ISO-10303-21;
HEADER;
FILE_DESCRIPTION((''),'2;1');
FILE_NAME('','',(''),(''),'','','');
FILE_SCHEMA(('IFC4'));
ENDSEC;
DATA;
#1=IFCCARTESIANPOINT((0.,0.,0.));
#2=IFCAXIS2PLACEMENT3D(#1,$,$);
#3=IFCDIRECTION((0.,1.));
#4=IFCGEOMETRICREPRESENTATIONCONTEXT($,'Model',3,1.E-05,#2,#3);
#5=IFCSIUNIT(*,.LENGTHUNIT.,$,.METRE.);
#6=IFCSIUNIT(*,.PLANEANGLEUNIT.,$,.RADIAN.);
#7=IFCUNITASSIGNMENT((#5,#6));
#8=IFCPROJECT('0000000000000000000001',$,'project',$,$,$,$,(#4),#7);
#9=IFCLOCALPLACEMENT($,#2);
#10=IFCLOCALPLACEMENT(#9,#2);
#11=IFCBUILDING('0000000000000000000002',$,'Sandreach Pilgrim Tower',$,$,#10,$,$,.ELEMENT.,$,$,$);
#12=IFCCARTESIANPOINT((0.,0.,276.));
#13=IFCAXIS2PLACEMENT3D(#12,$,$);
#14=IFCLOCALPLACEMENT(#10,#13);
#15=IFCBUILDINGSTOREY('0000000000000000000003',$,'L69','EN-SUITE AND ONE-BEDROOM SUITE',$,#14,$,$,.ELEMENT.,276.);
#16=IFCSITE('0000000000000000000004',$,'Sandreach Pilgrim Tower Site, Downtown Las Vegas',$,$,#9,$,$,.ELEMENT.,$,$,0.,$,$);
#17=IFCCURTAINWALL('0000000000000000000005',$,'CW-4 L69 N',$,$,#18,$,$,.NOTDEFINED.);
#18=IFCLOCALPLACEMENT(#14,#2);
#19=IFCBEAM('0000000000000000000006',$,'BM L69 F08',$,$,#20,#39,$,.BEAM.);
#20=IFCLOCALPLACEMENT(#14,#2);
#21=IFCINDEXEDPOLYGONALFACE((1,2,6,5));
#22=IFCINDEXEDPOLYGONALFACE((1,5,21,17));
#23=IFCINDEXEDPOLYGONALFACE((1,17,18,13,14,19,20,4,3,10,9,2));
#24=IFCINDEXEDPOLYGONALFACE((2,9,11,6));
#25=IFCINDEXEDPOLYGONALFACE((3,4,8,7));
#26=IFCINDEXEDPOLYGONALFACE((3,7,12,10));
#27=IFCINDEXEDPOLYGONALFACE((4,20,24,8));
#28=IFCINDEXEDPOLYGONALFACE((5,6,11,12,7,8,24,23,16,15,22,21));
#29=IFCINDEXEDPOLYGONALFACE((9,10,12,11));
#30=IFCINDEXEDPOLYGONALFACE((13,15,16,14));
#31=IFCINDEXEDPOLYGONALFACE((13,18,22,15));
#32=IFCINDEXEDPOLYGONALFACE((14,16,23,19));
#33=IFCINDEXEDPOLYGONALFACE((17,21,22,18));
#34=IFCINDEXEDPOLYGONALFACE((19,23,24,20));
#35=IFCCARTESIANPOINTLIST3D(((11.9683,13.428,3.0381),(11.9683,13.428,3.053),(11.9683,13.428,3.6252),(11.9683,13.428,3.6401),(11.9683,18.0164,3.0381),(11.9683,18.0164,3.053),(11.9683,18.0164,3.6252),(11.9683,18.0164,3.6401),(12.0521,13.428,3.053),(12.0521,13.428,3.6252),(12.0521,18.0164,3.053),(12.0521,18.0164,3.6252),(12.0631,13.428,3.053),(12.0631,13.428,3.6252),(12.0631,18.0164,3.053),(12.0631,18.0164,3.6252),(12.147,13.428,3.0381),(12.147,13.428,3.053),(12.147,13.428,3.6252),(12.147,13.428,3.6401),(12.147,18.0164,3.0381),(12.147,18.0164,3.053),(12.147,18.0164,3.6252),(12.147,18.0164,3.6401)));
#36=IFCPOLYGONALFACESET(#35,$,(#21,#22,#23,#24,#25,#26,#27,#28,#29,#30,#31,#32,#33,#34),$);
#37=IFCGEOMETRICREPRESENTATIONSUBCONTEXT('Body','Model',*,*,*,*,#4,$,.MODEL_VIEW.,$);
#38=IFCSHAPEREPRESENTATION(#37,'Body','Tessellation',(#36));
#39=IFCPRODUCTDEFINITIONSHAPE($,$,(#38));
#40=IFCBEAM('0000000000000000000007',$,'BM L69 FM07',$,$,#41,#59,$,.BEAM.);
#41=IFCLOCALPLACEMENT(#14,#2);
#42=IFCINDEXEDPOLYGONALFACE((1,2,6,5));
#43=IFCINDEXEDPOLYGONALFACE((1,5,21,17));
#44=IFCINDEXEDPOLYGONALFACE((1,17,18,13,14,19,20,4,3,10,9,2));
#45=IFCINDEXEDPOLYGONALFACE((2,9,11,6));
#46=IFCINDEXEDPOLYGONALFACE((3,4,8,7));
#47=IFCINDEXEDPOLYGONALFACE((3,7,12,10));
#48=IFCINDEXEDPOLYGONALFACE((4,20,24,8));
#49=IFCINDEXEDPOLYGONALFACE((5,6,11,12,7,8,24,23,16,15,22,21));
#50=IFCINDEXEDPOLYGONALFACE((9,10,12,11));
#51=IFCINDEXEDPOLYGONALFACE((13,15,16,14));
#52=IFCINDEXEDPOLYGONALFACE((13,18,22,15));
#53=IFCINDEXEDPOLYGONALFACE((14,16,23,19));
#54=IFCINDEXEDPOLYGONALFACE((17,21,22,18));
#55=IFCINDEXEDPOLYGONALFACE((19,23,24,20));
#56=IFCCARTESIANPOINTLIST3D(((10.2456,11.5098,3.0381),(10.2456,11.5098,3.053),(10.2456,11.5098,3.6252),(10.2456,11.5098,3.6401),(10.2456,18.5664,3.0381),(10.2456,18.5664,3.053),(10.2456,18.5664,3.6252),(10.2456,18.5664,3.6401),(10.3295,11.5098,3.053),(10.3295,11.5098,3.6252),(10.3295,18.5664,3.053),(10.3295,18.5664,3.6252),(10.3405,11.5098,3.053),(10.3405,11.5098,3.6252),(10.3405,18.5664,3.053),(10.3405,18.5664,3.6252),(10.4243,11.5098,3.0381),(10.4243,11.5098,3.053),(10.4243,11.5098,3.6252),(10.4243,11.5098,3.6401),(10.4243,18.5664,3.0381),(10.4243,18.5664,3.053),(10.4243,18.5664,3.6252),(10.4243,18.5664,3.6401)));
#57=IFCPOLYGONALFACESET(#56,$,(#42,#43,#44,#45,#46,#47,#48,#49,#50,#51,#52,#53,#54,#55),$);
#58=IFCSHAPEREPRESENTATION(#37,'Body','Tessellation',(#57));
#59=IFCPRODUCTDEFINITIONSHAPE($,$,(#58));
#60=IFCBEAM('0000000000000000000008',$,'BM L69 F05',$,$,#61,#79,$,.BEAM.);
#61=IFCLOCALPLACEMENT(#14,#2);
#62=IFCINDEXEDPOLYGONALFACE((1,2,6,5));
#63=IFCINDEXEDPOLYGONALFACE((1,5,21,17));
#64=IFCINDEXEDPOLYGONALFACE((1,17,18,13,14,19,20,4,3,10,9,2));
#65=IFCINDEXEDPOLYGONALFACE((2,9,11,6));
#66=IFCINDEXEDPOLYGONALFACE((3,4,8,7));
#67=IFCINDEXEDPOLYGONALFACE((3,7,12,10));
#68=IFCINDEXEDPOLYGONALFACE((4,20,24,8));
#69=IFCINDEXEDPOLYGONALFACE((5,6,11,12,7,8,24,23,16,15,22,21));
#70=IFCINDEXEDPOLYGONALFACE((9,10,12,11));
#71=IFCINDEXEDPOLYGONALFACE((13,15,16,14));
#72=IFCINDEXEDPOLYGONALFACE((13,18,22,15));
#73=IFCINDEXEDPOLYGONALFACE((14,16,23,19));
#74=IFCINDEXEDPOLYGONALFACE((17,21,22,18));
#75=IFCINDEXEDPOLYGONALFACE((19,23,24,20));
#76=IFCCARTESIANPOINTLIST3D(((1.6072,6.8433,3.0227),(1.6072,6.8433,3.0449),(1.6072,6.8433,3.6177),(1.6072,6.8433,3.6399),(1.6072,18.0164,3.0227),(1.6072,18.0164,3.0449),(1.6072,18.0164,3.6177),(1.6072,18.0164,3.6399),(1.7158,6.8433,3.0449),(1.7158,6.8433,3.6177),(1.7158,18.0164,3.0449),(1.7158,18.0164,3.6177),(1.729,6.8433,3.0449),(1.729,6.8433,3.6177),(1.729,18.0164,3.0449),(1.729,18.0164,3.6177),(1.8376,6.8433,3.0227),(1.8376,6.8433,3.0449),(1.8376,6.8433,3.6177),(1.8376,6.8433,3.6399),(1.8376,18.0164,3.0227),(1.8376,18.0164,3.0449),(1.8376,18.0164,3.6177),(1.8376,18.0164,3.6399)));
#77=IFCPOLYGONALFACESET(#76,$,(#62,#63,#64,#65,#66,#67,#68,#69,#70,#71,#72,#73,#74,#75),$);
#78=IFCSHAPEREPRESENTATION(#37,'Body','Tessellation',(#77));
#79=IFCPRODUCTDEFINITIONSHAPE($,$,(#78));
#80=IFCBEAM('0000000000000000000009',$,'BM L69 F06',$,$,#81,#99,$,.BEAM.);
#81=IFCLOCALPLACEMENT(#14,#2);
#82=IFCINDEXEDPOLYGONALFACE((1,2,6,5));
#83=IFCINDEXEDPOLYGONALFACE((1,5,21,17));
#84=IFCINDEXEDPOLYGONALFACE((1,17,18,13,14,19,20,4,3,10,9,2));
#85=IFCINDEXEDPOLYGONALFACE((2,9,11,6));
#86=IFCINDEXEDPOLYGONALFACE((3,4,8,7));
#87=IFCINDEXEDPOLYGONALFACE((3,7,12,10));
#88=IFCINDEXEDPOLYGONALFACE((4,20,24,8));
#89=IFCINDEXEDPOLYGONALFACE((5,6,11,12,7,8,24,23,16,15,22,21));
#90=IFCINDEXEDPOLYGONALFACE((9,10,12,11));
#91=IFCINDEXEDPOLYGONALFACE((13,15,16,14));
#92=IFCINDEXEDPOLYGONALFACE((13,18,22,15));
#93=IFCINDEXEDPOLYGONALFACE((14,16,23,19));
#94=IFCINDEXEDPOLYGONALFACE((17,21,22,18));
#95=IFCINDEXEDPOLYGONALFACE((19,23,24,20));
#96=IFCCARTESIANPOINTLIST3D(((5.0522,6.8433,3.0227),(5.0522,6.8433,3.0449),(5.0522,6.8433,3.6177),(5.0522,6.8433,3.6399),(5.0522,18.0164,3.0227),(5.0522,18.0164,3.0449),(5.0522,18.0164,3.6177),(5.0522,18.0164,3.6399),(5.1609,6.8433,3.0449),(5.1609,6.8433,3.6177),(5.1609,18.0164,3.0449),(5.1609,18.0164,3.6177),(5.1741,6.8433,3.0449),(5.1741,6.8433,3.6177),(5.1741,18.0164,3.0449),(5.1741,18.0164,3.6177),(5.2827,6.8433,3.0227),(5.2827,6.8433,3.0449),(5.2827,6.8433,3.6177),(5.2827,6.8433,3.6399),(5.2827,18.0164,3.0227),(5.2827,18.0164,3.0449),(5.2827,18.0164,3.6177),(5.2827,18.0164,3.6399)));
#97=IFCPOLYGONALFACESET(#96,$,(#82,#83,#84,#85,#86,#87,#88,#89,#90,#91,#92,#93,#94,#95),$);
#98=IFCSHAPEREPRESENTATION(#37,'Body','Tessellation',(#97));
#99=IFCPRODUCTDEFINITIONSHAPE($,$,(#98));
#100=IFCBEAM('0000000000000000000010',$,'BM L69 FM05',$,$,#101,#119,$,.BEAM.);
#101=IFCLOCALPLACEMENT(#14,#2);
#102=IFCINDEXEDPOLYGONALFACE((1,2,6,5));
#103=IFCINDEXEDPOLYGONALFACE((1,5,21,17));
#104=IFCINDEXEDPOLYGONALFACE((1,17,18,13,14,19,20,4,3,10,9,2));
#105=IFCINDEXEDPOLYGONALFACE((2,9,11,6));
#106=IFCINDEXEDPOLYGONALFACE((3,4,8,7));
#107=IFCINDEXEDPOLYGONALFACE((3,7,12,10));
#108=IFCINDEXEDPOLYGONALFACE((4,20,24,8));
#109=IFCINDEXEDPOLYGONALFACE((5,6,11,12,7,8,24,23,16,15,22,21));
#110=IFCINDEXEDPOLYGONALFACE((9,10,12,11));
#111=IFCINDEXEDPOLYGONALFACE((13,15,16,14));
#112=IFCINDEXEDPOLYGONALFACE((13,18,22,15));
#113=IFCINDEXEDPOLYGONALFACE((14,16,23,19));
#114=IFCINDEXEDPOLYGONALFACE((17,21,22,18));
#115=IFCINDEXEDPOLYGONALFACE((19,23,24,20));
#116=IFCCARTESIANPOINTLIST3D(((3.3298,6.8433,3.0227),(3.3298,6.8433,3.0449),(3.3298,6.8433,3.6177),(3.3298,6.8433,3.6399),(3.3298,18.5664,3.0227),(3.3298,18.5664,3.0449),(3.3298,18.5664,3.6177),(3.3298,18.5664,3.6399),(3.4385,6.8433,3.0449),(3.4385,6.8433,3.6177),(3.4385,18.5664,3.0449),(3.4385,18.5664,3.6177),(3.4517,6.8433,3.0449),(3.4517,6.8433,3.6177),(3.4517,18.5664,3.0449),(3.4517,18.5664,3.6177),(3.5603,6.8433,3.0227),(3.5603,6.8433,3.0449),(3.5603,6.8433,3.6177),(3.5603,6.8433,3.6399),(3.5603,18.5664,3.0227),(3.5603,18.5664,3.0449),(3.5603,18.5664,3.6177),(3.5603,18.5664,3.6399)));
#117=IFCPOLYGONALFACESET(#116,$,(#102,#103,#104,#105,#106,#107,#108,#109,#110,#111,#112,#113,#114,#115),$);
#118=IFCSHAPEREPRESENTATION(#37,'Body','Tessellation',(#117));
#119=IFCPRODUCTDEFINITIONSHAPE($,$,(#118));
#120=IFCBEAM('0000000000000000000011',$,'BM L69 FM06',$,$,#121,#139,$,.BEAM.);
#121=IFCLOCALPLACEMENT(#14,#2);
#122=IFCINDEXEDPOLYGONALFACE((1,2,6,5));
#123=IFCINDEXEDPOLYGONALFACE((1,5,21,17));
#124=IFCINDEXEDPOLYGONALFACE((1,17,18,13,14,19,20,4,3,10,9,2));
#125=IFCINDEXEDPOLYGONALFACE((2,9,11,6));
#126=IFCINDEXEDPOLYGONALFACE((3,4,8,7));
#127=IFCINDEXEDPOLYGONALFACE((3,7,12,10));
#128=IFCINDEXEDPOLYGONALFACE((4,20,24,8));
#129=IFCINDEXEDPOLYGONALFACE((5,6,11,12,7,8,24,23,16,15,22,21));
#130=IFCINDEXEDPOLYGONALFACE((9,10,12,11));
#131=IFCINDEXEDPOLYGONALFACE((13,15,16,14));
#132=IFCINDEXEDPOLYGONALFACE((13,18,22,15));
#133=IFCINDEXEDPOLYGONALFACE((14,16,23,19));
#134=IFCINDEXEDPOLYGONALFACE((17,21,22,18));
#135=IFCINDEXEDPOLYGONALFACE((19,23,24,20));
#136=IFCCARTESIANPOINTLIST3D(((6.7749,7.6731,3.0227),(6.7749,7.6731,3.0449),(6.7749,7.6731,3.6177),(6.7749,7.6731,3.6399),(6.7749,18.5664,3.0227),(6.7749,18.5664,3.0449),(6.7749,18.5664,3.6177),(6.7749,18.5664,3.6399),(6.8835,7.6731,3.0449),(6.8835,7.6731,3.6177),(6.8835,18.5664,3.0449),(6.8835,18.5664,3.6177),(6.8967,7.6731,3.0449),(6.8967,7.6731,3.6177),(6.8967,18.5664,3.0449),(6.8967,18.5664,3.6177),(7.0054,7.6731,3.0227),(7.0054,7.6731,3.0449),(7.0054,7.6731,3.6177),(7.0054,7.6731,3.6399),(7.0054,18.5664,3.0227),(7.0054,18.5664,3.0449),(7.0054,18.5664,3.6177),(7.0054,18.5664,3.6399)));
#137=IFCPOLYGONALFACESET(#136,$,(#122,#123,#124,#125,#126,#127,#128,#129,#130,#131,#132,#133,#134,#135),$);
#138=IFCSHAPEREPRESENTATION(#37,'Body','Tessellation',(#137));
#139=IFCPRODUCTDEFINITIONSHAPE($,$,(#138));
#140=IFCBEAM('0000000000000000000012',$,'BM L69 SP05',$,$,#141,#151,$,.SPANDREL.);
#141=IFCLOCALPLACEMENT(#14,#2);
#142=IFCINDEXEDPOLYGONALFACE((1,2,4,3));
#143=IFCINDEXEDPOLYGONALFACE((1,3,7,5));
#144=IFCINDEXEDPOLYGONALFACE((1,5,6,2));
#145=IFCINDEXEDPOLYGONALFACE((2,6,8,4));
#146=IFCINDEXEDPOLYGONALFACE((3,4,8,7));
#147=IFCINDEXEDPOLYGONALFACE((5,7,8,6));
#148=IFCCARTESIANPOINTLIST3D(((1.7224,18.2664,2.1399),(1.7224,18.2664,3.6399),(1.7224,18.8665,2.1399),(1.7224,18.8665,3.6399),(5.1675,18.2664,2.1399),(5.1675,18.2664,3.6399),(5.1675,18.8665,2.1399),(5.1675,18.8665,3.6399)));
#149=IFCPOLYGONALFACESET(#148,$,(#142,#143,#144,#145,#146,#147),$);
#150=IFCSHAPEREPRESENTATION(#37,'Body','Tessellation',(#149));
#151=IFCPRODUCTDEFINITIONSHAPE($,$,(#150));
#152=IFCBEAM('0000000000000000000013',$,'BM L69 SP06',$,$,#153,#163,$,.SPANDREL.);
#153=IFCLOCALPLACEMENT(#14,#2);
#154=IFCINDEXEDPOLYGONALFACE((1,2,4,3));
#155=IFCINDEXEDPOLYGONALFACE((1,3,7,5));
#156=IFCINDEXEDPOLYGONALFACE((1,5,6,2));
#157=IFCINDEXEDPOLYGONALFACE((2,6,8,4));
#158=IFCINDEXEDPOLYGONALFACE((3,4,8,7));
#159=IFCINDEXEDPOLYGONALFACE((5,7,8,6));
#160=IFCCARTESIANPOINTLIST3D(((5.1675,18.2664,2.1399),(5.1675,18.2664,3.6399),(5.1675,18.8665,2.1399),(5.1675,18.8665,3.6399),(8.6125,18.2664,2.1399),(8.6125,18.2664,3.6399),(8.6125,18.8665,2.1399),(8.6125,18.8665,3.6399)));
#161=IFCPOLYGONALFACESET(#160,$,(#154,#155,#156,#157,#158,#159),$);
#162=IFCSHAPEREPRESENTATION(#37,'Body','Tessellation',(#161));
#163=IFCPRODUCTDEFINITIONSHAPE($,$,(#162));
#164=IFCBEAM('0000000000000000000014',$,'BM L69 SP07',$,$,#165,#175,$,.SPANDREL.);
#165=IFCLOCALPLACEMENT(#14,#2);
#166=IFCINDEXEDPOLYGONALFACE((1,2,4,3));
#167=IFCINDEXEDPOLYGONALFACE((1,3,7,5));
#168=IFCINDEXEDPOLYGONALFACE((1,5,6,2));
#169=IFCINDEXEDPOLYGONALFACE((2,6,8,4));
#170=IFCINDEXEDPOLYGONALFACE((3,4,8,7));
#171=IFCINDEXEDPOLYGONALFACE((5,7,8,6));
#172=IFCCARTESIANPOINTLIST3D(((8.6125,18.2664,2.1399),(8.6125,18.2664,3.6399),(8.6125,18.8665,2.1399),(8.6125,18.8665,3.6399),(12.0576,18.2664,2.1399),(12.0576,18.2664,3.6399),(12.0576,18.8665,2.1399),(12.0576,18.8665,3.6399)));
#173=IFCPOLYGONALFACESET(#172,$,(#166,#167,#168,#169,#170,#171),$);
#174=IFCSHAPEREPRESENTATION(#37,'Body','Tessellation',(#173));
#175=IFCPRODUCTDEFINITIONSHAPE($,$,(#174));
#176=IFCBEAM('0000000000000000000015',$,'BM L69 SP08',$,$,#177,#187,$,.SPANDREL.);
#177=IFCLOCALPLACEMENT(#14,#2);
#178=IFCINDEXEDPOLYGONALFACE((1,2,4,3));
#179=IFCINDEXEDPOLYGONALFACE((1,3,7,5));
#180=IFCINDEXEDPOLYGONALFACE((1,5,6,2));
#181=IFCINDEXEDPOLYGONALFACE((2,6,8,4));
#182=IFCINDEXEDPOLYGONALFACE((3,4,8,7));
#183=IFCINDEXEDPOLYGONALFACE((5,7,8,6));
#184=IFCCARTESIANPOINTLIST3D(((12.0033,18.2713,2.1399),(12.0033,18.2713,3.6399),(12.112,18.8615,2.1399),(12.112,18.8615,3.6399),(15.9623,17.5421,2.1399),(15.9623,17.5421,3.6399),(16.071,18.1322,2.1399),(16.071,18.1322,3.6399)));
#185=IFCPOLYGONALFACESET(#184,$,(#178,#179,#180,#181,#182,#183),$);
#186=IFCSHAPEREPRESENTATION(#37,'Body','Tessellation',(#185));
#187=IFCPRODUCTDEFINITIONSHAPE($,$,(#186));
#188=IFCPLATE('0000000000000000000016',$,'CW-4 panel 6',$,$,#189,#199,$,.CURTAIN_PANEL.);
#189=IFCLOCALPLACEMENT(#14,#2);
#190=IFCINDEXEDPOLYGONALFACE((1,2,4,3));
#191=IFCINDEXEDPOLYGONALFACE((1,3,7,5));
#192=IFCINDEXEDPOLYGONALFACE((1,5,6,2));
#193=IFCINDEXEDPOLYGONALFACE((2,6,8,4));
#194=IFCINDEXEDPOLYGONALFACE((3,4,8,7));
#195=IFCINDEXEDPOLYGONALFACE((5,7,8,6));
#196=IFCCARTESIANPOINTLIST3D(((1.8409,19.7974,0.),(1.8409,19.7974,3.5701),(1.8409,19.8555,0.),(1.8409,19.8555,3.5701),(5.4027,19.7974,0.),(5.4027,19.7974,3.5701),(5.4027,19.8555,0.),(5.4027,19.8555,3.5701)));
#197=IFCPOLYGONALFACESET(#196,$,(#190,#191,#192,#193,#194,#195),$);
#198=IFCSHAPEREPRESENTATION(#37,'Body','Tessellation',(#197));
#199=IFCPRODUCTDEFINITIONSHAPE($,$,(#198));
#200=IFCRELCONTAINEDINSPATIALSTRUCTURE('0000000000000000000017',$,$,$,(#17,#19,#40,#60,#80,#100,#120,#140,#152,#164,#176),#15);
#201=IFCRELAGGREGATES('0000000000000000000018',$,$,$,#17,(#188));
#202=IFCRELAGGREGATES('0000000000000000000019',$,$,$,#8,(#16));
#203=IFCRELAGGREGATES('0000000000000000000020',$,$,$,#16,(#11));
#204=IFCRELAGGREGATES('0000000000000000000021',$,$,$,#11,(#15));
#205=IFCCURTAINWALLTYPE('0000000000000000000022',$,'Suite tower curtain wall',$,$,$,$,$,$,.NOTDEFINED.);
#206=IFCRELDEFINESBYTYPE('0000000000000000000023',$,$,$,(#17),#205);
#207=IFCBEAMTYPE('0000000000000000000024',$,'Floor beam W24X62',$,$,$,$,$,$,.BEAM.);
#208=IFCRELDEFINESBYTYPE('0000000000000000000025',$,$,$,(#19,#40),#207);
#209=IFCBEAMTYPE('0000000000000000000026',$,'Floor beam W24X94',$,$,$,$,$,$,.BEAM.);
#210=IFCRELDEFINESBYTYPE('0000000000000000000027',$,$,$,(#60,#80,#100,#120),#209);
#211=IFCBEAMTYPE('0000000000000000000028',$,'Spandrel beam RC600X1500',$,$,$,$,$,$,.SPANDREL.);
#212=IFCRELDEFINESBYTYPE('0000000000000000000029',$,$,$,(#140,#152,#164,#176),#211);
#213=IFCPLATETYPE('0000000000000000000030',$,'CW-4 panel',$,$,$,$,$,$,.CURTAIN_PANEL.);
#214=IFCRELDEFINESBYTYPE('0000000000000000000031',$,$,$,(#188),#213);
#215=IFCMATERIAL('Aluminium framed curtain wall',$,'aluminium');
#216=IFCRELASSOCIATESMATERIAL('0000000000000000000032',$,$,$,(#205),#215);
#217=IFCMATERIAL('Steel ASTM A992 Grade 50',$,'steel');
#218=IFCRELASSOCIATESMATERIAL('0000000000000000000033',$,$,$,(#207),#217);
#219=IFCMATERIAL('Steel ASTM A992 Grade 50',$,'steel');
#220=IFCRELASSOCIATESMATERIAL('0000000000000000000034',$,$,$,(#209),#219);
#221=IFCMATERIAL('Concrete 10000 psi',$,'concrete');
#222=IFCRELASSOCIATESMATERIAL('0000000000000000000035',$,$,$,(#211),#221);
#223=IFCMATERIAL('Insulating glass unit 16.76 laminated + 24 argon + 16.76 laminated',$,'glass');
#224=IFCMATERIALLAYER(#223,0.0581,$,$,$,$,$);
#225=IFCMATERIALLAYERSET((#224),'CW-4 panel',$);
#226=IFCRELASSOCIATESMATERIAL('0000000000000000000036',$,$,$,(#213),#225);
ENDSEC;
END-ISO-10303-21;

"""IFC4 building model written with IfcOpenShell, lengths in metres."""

from ifc_helpers import new_model, si_unit, direction, frame, origin, origin_2d, place, context, subcontext, project, spatial, rectangle, i_section, extrude, material, layer, layer_set, material_profile, profile_set, type_object, element, aggregate, save


model = new_model("IFC4")

# Units and contexts
model_context = context("Model", 3, precision=1e-05, world=origin(), true_north=direction((0.0, 1.0)))
body_context = subcontext(model_context, "Body", "Model", "MODEL_VIEW")
ifc_project = project(units=[si_unit("LENGTHUNIT", "METRE"), si_unit("PLANEANGLEUNIT", "RADIAN")], contexts=[model_context])

# Site, building, storey
site_placement = place(None, origin())
site = spatial("IfcSite", under=ifc_project, at=site_placement, Name="Sandreach Pilgrim Tower Site, Downtown Las Vegas", CompositionType="ELEMENT", RefElevation=0.0)
building_placement = place(site_placement, origin())
building = spatial("IfcBuilding", under=site, at=building_placement, Name="Sandreach Pilgrim Tower", CompositionType="ELEMENT")
storey_placement = place(building_placement, frame((0.0, 0.0, 276.0)))
storey = spatial("IfcBuildingStorey", under=building, at=storey_placement, Name="L69", Description="EN-SUITE AND ONE-BEDROOM SUITE", CompositionType="ELEMENT", Elevation=276.0)

# Curtain wall
ifc_material_1 = material(Name="Aluminium framed curtain wall", Category="aluminium")
curtain_wall_type = type_object("IfcCurtainWallType", Name="Suite tower curtain wall", PredefinedType="NOTDEFINED", material=ifc_material_1)
curtain_wall_placement = place(storey_placement, origin())
curtain_wall = element("IfcCurtainWall", 1, at=curtain_wall_placement, inside=storey, type_object=curtain_wall_type, Name="CW-4 L69 N", PredefinedType="NOTDEFINED")

# Beams
ifc_material_2 = material(Name="Steel ASTM A992 Grade 50", Category="steel")
ifc_material_profile_1 = material_profile(ifc_material_2, i_section(OverallWidth=0.1787, OverallDepth=0.6021, WebThickness=0.011, FlangeThickness=0.0149, at=origin_2d()), Name="W24X62")
ifc_profile_set_1 = profile_set([ifc_material_profile_1], Name="Steel ASTM A992 Grade 50")
beam_type_1 = type_object("IfcBeamType", Name="Floor beam W24X62", PredefinedType="BEAM", material=ifc_profile_set_1)
beam_1_placement = place(storey_placement, frame((12.0576, 18.0164, 3.3391), z_axis=(0.0, -1.0, 0.0), x_axis=(1.0, 0.0, 0.0)))
element("IfcBeam", 2, at=beam_1_placement, inside=storey, type_object=beam_type_1, Name="BM L69 F08", PredefinedType="BEAM", context=body_context, shape_type="SweptSolid", body=[
    extrude(i_section(OverallWidth=0.1787, OverallDepth=0.6021, WebThickness=0.011, FlangeThickness=0.0149, at=origin_2d()), origin(), (0.0, 0.0, 1.0), 4.5884),
])
beam_2_placement = place(storey_placement, frame((10.335, 18.5664, 3.3391), z_axis=(0.0, -1.0, 0.0), x_axis=(1.0, 0.0, 0.0)))
element("IfcBeam", 3, at=beam_2_placement, inside=storey, type_object=beam_type_1, Name="BM L69 FM07", PredefinedType="BEAM", context=body_context, shape_type="SweptSolid", body=[
    extrude(i_section(OverallWidth=0.1787, OverallDepth=0.6021, WebThickness=0.011, FlangeThickness=0.0149, at=origin_2d()), origin(), (0.0, 0.0, 1.0), 7.0566),
])
ifc_material_3 = material(Name="Steel ASTM A992 Grade 50", Category="steel")
ifc_material_profile_2 = material_profile(ifc_material_3, i_section(OverallWidth=0.2305, OverallDepth=0.6172, WebThickness=0.0132, FlangeThickness=0.0222, at=origin_2d()), Name="W24X94")
ifc_profile_set_2 = profile_set([ifc_material_profile_2], Name="Steel ASTM A992 Grade 50")
beam_type_2 = type_object("IfcBeamType", Name="Floor beam W24X94", PredefinedType="BEAM", material=ifc_profile_set_2)
for number, where, z_axis, x_axis, name in (
    (4, (1.7224, 18.0164, 3.3313), (0.0, -1.0, 0.0), (1.0, 0.0, 0.0), "BM L69 F05"),
    (5, (5.1675, 18.0164, 3.3313), (0.0, -1.0, 0.0), (1.0, 0.0, 0.0), "BM L69 F06"),
):
    element("IfcBeam", number, at=place(storey_placement, frame(where, z_axis=z_axis, x_axis=x_axis)), inside=storey, type_object=beam_type_2, Name=name, PredefinedType="BEAM", context=body_context, shape_type="SweptSolid", body=[
        extrude(i_section(OverallWidth=0.2305, OverallDepth=0.6172, WebThickness=0.0132, FlangeThickness=0.0222, at=origin_2d()), origin(), (0.0, 0.0, 1.0), 11.1731),
    ])
beam_3_placement = place(storey_placement, frame((3.4451, 18.5664, 3.3313), z_axis=(0.0, -1.0, 0.0), x_axis=(1.0, 0.0, 0.0)))
element("IfcBeam", 6, at=beam_3_placement, inside=storey, type_object=beam_type_2, Name="BM L69 FM05", PredefinedType="BEAM", context=body_context, shape_type="SweptSolid", body=[
    extrude(i_section(OverallWidth=0.2305, OverallDepth=0.6172, WebThickness=0.0132, FlangeThickness=0.0222, at=origin_2d()), origin(), (0.0, 0.0, 1.0), 11.7231),
])
beam_4_placement = place(storey_placement, frame((6.8901, 18.5664, 3.3313), z_axis=(0.0, -1.0, 0.0), x_axis=(1.0, 0.0, 0.0)))
element("IfcBeam", 7, at=beam_4_placement, inside=storey, type_object=beam_type_2, Name="BM L69 FM06", PredefinedType="BEAM", context=body_context, shape_type="SweptSolid", body=[
    extrude(i_section(OverallWidth=0.2305, OverallDepth=0.6172, WebThickness=0.0132, FlangeThickness=0.0222, at=origin_2d()), origin(), (0.0, 0.0, 1.0), 10.8933),
])
ifc_material_4 = material(Name="Concrete 10000 psi", Category="concrete")
ifc_material_profile_3 = material_profile(ifc_material_4, rectangle(XDim=0.6001, YDim=1.5, at=origin_2d()), Name="RC600X1500")
ifc_profile_set_3 = profile_set([ifc_material_profile_3], Name="Concrete 10000 psi")
beam_type_3 = type_object("IfcBeamType", Name="Spandrel beam RC600X1500", PredefinedType="SPANDREL", material=ifc_profile_set_3)
for number, where, z_axis, x_axis, name in (
    (8, (1.7224, 18.5664, 2.8899), (1.0, 0.0, 0.0), (0.0, 1.0, 0.0), "BM L69 SP05"),
    (9, (5.1675, 18.5664, 2.8899), (1.0, 0.0, 0.0), (0.0, 1.0, 0.0), "BM L69 SP06"),
    (10, (8.6125, 18.5664, 2.8899), (1.0, 0.0, 0.0), (0.0, 1.0, 0.0), "BM L69 SP07"),
):
    element("IfcBeam", number, at=place(storey_placement, frame(where, z_axis=z_axis, x_axis=x_axis)), inside=storey, type_object=beam_type_3, Name=name, PredefinedType="SPANDREL", context=body_context, shape_type="SweptSolid", body=[
        extrude(rectangle(XDim=0.6001, YDim=1.5, at=origin_2d()), origin(), (0.0, 0.0, 1.0), 3.4451),
    ])
beam_5_placement = place(storey_placement, frame((12.0576, 18.5664, 2.8899), z_axis=(0.983455, -0.181153, 0.0), x_axis=(0.181153, 0.983455, 0.0)))
element("IfcBeam", 11, at=beam_5_placement, inside=storey, type_object=beam_type_3, Name="BM L69 SP08", PredefinedType="SPANDREL", context=body_context, shape_type="SweptSolid", body=[
    extrude(rectangle(XDim=0.6001, YDim=1.5, at=origin_2d()), origin(), (0.0, 0.0, 1.0), 4.0256),
])

# Plate
ifc_material_5 = material(Name="Insulating glass unit 16.76 laminated + 24 argon + 16.76 laminated", Category="glass")
ifc_layer_1 = layer(ifc_material_5, 0.0581)
ifc_layer_set_1 = layer_set([ifc_layer_1], Name="CW-4 panel")
plate_type = type_object("IfcPlateType", Name="CW-4 panel", PredefinedType="CURTAIN_PANEL", material=ifc_layer_set_1)
plate_1_placement = place(storey_placement, frame((3.6218, 19.8264, 0.0), z_axis=(0.0, 0.0, 1.0), x_axis=(1.0, 0.0, 0.0)))
plate_1 = element("IfcPlate", 12, at=plate_1_placement, type_object=plate_type, Name="CW-4 panel 6", PredefinedType="CURTAIN_PANEL", context=body_context, shape_type="SweptSolid", body=[
    extrude(rectangle(XDim=3.5618, YDim=0.0581, at=origin_2d()), origin(), (0.0, 0.0, 1.0), 3.5701),
])
aggregate(curtain_wall, [plate_1])

save(model, "model.ifc")
